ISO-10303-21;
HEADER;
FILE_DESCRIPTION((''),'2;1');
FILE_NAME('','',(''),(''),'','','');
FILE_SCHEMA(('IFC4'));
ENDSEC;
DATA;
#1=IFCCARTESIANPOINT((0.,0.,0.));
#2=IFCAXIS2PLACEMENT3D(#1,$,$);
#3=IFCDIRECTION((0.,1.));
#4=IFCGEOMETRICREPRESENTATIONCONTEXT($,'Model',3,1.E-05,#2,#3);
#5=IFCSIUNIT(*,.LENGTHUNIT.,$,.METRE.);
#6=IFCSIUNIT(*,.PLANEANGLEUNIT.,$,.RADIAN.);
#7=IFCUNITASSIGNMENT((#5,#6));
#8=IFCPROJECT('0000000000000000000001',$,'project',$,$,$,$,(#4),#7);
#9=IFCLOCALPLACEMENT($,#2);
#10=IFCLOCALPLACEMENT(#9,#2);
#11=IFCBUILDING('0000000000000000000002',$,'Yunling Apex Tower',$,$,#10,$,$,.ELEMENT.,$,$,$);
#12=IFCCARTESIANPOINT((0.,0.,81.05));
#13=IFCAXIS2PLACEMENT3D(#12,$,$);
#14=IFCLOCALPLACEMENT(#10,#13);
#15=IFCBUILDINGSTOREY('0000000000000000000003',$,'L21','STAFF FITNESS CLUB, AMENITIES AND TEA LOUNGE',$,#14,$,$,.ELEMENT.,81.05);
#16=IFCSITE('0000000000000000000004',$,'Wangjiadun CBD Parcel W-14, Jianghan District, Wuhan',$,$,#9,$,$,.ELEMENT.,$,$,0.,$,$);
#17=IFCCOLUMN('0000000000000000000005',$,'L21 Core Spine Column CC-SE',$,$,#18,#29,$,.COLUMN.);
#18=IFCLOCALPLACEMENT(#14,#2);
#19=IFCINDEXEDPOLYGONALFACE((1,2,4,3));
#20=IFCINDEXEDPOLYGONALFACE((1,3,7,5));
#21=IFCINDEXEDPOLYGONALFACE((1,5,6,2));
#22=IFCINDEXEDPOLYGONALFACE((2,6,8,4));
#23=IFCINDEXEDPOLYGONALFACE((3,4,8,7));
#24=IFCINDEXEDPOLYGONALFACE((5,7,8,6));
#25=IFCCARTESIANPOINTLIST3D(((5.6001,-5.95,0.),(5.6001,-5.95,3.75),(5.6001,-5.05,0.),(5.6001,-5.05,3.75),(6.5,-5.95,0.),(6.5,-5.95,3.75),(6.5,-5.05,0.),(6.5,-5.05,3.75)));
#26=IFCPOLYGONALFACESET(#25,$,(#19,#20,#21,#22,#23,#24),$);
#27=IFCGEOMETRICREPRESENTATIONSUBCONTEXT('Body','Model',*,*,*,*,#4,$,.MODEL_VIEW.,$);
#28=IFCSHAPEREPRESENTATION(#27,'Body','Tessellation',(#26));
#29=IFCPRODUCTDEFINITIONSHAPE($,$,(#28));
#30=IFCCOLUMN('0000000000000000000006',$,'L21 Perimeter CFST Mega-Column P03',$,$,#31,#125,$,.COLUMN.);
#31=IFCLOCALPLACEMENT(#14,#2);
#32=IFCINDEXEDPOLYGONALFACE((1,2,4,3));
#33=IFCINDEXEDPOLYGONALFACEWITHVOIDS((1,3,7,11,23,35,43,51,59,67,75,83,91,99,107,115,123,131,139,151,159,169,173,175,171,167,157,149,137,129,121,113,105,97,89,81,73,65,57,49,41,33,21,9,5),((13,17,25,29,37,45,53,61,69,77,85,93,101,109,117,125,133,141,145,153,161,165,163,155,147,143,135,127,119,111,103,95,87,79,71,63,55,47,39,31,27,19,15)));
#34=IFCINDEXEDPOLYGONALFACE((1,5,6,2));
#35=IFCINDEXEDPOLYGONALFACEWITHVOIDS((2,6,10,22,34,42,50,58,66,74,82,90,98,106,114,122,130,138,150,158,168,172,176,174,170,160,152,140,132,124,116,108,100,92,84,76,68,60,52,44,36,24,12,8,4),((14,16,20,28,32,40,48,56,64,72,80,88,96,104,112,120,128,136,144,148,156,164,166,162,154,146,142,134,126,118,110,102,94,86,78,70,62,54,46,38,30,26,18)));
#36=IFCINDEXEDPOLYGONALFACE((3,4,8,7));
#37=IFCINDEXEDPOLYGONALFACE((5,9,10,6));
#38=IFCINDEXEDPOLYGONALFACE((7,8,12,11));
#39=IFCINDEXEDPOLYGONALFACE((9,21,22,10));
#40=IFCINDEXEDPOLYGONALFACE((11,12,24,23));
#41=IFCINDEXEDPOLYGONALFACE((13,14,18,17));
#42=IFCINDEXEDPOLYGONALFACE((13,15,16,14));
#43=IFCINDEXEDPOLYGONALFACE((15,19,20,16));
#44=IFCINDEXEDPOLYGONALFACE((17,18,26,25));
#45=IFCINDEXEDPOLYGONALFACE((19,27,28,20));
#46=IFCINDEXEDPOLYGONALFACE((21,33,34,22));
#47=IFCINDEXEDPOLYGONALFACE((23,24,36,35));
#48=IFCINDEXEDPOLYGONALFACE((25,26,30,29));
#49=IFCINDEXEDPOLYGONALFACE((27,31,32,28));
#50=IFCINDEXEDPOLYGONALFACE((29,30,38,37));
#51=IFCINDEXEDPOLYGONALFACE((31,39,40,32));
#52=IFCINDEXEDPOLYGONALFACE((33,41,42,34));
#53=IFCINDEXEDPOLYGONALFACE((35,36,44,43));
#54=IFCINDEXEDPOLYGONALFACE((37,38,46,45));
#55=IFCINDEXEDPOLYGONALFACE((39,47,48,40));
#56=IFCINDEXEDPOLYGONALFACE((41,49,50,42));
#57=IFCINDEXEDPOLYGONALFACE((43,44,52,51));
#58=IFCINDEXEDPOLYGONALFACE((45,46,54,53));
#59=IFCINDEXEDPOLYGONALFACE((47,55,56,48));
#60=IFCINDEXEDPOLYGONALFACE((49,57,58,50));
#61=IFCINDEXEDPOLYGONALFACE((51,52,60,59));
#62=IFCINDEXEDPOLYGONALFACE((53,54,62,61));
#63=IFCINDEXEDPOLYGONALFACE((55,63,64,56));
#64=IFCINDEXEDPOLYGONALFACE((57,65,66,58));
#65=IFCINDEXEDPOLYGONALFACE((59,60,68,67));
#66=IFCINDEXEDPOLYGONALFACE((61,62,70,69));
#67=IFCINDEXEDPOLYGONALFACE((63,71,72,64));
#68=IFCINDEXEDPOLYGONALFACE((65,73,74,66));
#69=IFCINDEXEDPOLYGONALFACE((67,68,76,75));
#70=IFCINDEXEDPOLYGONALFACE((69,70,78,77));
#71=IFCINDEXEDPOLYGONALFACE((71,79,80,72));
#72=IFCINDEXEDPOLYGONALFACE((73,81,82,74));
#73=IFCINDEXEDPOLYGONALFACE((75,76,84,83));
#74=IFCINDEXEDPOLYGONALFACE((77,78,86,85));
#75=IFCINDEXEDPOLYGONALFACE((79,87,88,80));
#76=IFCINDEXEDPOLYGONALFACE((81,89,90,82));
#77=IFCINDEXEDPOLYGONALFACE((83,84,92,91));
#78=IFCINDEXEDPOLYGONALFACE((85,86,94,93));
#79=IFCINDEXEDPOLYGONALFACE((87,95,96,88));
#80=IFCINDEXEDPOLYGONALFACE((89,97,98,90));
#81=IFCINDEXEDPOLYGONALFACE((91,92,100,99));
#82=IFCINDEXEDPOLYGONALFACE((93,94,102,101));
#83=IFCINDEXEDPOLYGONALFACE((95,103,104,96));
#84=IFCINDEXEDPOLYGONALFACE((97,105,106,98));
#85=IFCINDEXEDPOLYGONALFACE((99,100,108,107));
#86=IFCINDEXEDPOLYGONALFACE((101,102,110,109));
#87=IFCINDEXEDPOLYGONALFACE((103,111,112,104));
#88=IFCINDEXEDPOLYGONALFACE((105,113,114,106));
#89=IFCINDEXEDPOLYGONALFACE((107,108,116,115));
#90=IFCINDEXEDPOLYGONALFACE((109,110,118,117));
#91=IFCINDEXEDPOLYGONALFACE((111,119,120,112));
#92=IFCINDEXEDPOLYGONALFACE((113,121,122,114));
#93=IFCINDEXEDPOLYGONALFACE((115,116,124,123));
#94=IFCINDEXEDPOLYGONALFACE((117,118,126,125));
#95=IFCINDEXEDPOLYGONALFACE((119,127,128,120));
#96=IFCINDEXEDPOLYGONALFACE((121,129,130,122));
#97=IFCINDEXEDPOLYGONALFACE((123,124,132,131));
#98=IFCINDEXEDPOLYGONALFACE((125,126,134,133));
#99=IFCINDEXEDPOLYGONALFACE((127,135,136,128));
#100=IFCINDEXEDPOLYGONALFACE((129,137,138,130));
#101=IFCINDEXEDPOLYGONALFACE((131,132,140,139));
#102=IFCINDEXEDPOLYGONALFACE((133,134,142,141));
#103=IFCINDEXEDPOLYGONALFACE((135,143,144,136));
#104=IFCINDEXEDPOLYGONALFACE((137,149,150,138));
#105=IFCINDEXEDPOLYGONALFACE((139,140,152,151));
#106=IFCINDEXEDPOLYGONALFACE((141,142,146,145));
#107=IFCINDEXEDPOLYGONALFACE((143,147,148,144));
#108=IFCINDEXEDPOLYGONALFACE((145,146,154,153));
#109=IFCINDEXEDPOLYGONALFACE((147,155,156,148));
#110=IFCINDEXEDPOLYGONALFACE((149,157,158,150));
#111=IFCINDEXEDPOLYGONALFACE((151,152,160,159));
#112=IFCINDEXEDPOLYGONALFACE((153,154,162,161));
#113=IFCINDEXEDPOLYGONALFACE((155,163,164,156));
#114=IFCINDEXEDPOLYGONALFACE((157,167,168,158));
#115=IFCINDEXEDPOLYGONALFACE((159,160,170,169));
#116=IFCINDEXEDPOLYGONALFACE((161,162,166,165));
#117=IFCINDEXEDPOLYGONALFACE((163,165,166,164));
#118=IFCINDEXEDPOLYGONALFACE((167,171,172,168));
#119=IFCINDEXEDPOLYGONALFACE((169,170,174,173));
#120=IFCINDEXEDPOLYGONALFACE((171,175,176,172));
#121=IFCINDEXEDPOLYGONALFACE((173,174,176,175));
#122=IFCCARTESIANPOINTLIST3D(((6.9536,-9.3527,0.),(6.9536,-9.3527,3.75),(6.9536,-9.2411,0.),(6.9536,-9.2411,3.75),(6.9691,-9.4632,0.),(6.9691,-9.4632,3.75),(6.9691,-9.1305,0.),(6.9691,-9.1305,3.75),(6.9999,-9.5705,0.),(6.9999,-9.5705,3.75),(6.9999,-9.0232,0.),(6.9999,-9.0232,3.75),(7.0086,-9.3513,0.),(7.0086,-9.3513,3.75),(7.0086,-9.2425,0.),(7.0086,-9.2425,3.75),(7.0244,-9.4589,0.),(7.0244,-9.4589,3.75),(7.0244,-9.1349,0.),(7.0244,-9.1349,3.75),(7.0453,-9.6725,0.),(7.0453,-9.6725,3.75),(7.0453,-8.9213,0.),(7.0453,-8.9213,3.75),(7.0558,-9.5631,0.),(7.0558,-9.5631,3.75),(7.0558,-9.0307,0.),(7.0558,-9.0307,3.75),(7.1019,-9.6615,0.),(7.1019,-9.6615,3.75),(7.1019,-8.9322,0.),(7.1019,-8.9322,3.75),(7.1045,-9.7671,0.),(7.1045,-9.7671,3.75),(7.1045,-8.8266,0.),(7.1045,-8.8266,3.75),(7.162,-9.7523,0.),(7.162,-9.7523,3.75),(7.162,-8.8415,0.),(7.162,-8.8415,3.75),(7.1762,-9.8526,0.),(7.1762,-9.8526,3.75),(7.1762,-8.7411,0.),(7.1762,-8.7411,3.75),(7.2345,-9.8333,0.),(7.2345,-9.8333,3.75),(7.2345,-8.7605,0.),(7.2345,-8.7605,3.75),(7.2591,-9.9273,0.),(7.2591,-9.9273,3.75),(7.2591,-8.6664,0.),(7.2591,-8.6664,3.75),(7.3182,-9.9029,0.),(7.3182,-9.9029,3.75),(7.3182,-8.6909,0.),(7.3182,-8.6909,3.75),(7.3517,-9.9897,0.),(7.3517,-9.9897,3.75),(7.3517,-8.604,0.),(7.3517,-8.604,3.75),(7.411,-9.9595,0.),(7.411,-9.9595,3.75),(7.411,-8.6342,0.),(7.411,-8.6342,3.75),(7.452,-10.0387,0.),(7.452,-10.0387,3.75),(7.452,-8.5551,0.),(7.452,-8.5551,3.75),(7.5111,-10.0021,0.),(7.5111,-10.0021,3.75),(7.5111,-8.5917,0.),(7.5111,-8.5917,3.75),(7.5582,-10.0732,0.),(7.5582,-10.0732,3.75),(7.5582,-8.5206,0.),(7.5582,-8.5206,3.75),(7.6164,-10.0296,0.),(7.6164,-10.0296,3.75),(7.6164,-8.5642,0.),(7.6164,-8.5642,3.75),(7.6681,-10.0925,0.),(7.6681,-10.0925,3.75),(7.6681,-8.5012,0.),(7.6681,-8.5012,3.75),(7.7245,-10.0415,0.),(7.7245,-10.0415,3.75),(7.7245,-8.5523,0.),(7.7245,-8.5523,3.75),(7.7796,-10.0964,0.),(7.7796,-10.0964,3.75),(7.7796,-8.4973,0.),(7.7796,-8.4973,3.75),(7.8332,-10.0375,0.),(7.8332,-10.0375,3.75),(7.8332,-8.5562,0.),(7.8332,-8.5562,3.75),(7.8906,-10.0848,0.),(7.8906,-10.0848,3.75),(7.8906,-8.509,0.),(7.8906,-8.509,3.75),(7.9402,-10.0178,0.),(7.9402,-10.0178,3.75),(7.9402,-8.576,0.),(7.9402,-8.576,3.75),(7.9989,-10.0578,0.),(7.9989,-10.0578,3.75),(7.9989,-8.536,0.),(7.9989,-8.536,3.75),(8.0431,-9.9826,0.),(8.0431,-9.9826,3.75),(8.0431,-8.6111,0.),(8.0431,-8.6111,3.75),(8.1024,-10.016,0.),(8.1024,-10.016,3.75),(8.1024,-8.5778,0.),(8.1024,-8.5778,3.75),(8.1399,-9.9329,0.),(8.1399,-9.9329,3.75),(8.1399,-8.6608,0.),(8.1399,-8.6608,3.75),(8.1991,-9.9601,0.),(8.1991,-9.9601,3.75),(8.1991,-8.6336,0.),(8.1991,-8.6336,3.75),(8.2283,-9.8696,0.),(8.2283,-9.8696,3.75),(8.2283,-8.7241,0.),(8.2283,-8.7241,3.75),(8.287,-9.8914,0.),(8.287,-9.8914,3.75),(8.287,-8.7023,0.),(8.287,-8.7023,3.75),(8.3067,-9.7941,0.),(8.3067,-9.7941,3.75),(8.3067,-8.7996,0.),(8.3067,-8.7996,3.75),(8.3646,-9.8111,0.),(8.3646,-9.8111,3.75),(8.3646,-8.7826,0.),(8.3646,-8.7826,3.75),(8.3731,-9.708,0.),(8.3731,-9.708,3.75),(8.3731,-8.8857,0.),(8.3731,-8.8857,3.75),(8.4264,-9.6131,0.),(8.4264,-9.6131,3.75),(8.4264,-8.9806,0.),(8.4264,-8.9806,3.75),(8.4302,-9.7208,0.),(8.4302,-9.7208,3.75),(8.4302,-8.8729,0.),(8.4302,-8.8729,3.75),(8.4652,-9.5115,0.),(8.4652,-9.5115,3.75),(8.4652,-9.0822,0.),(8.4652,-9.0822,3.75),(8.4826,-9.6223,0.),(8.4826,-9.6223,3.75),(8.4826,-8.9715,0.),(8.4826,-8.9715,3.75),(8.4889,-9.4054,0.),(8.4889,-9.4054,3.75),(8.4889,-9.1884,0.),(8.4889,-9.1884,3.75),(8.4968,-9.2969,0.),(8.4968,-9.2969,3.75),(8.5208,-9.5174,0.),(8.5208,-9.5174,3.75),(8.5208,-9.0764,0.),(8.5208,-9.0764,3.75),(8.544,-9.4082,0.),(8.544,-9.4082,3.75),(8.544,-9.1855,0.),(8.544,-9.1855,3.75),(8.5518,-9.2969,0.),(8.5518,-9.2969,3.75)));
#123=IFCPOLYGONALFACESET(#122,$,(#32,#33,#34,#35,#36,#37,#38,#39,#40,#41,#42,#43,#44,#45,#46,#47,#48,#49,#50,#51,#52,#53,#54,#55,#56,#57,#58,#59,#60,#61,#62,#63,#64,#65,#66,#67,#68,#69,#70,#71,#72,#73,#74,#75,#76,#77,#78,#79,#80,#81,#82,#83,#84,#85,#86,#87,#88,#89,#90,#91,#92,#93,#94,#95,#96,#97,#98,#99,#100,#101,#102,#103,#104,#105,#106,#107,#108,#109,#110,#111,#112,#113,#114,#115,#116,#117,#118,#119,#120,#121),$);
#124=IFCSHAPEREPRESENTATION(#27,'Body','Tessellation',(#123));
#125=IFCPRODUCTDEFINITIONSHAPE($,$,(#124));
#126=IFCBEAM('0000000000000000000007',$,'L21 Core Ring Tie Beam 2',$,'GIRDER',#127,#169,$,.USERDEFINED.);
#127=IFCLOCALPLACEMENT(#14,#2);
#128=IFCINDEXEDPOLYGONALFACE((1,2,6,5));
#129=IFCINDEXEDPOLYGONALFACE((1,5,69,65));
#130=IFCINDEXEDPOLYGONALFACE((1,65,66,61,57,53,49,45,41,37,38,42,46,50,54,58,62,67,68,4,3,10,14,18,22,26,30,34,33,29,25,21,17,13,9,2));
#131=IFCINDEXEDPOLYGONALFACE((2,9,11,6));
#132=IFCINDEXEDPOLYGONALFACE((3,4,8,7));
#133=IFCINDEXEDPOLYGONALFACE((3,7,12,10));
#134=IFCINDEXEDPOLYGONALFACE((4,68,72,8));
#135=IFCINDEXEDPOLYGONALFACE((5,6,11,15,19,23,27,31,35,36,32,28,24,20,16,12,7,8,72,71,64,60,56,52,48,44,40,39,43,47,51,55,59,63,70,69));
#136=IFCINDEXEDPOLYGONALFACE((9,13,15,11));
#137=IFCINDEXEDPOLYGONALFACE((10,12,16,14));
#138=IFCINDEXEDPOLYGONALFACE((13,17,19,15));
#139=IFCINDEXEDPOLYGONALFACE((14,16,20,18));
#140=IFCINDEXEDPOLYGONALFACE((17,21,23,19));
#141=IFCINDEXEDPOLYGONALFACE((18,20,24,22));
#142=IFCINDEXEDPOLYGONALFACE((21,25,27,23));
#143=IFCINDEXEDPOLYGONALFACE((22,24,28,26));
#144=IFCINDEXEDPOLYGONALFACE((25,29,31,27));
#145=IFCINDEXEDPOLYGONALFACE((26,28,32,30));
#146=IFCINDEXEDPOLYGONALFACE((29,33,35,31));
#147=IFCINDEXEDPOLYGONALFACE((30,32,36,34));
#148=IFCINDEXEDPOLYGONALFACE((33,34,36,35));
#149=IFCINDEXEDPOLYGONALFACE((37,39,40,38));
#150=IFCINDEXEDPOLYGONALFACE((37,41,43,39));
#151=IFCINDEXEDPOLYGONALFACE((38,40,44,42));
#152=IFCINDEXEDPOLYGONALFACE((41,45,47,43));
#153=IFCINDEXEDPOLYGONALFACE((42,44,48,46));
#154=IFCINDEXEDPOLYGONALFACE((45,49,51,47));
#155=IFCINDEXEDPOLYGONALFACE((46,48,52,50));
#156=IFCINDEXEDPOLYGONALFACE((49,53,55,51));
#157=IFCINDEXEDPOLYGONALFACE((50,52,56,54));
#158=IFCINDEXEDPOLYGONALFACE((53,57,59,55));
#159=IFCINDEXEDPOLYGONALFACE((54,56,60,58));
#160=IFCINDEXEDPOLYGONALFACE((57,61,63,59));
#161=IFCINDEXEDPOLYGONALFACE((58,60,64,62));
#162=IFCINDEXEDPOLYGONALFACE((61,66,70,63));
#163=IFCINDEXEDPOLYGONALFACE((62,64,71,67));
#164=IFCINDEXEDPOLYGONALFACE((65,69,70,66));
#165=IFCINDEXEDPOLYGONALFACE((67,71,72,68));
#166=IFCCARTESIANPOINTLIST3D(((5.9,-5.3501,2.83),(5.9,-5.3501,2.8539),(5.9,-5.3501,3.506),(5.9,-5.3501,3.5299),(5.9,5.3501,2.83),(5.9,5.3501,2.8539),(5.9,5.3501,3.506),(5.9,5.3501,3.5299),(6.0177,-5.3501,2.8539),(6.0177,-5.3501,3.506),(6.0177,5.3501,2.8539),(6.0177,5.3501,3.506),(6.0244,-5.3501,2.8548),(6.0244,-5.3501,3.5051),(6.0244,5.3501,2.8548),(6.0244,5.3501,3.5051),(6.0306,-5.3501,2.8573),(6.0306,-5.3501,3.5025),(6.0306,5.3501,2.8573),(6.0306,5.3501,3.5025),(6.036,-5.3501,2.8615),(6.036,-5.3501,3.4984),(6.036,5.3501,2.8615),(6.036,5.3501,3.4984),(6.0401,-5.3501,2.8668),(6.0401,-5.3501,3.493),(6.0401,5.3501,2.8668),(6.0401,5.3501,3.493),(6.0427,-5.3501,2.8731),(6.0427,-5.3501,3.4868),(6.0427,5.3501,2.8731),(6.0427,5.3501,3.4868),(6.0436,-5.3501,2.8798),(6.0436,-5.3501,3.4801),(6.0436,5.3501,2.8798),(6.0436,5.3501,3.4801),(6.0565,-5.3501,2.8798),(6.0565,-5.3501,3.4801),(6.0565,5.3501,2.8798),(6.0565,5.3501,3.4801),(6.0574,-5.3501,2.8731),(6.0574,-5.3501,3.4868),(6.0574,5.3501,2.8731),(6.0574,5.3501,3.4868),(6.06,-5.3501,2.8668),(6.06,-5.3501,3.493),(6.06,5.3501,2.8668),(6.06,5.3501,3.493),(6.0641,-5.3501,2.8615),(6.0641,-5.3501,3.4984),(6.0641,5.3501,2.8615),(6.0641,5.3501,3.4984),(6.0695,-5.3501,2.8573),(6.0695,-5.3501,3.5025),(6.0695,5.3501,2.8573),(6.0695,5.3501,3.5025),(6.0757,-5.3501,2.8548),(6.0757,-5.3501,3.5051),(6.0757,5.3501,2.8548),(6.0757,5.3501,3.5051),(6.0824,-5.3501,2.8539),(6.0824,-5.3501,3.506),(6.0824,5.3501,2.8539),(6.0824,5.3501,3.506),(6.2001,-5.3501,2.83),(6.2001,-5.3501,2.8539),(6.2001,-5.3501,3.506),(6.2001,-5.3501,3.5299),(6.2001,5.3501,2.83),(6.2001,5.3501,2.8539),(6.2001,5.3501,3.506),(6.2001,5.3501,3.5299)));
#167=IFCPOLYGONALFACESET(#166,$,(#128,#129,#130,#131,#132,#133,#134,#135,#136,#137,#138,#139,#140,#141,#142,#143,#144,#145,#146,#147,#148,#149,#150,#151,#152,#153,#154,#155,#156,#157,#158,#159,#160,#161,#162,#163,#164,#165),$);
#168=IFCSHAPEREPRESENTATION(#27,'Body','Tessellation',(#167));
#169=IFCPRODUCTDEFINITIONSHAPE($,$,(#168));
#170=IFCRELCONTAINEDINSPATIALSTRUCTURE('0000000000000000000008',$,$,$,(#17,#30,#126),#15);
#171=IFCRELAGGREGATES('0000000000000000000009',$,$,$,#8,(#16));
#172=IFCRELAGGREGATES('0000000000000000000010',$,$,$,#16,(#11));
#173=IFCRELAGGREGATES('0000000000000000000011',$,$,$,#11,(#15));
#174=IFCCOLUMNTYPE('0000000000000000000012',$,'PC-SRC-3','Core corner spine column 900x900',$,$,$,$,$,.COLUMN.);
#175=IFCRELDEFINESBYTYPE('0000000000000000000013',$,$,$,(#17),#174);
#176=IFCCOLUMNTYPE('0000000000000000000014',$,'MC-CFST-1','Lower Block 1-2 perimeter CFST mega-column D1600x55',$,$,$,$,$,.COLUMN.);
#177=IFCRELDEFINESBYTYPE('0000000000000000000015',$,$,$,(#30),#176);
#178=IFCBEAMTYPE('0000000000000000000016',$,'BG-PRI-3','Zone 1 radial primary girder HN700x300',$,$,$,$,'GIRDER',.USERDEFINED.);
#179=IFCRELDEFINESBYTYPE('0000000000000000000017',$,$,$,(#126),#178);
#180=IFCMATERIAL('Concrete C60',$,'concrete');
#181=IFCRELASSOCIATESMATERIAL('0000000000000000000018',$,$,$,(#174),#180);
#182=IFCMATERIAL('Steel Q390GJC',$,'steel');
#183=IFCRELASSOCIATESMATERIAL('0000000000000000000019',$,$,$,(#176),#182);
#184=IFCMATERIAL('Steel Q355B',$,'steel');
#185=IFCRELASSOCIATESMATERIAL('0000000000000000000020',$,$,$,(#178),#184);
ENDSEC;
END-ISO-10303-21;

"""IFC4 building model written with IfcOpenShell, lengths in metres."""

from ifc_helpers import new_model, si_unit, direction, frame, origin, origin_2d, place, context, subcontext, project, spatial, rectangle, hollow_circle, i_section, extrude, source, transform, mapped, material, material_profile, profile_set, type_object, element, save


model = new_model("IFC4")

# Units and contexts
model_context = context("Model", 3, precision=1e-05, world=origin(), true_north=direction((0.0, 1.0)))
body_context = subcontext(model_context, "Body", "Model", "MODEL_VIEW")
ifc_project = project(units=[si_unit("LENGTHUNIT", "METRE"), si_unit("PLANEANGLEUNIT", "RADIAN")], contexts=[model_context])

# Site, building, storey
site_placement = place(None, origin())
site = spatial("IfcSite", under=ifc_project, at=site_placement, Name="Wangjiadun CBD Parcel W-14, Jianghan District, Wuhan", CompositionType="ELEMENT", RefElevation=0.0)
building_placement = place(site_placement, origin())
building = spatial("IfcBuilding", under=site, at=building_placement, Name="Yunling Apex Tower", CompositionType="ELEMENT")
storey_placement = place(building_placement, frame((0.0, 0.0, 81.05)))
storey = spatial("IfcBuildingStorey", under=building, at=storey_placement, Name="L21", Description="STAFF FITNESS CLUB, AMENITIES AND TEA LOUNGE", CompositionType="ELEMENT", Elevation=81.05)

# Columns
ifc_material_1 = material(Name="Concrete C60", Category="concrete")
ifc_material_profile_1 = material_profile(ifc_material_1, rectangle(XDim=0.8999, YDim=0.8999, at=origin_2d()))
ifc_profile_set_1 = profile_set([ifc_material_profile_1], Name="Concrete C60")
column_type_1 = type_object("IfcColumnType", Name="PC-SRC-3", Description="Core corner spine column 900x900", PredefinedType="COLUMN", material=ifc_profile_set_1)
shared_shape_1 = source(origin(), body_context, "Body", "SweptSolid", [
    extrude(rectangle(XDim=0.8999, YDim=0.8999, at=origin_2d()), origin(), (0.0, 0.0, 1.0), 3.75),
])
column_1_placement = place(storey_placement, frame((6.05, -5.5, 0.0), z_axis=(0.0, 0.0, 1.0), x_axis=(1.0, 0.0, 0.0)))
element("IfcColumn", 1, at=column_1_placement, inside=storey, type_object=column_type_1, Name="L21 Core Spine Column CC-SE", PredefinedType="COLUMN", context=body_context, shape_type="MappedRepresentation", body=[
    mapped(shared_shape_1, transform((0.0, 0.0, 0.0), scale=1.0)),
])
ifc_material_2 = material(Name="Steel Q390GJC", Category="steel")
ifc_material_profile_2 = material_profile(ifc_material_2, hollow_circle(Radius=0.8, WallThickness=0.0549, at=origin_2d()))
ifc_profile_set_2 = profile_set([ifc_material_profile_2], Name="Steel Q390GJC")
column_type_2 = type_object("IfcColumnType", Name="MC-CFST-1", Description="Lower Block 1-2 perimeter CFST mega-column D1600x55", PredefinedType="COLUMN", material=ifc_profile_set_2)
shared_shape_2 = source(origin(), body_context, "Body", "SweptSolid", [
    extrude(hollow_circle(Radius=0.8, WallThickness=0.0549, at=origin_2d()), origin(), (0.0, 0.0, 1.0), 3.75),
])
column_2_placement = place(storey_placement, frame((7.7517, -9.2969, 0.0), z_axis=(0.0, 0.0, 1.0), x_axis=(1.0, 0.0, 0.0)))
element("IfcColumn", 2, at=column_2_placement, inside=storey, type_object=column_type_2, Name="L21 Perimeter CFST Mega-Column P03", PredefinedType="COLUMN", context=body_context, shape_type="MappedRepresentation", body=[
    mapped(shared_shape_2, transform((0.0, 0.0, 0.0), scale=1.0)),
])

# Beam
ifc_material_3 = material(Name="Steel Q355B", Category="steel")
ifc_material_profile_3 = material_profile(ifc_material_3, i_section(OverallWidth=0.3, OverallDepth=0.7, WebThickness=0.0129, FlangeThickness=0.0239, FilletRadius=0.0259, at=origin_2d()))
ifc_profile_set_3 = profile_set([ifc_material_profile_3], Name="Steel Q355B")
beam_type_1 = type_object("IfcBeamType", Name="BG-PRI-3", Description="Zone 1 radial primary girder HN700x300", ElementType="GIRDER", PredefinedType="USERDEFINED", material=ifc_profile_set_3)
shared_shape_3 = source(origin(), body_context, "Body", "SweptSolid", [
    extrude(i_section(OverallWidth=0.3, OverallDepth=0.7, WebThickness=0.0129, FlangeThickness=0.0239, FilletRadius=0.0259, at=origin_2d()), origin(), (0.0, 0.0, 1.0), 10.7002),
])
beam_1_placement = place(storey_placement, frame((6.05, -5.3501, 3.1799), z_axis=(0.0, 1.0, 0.0), x_axis=(-1.0, 0.0, 0.0)))
element("IfcBeam", 3, at=beam_1_placement, inside=storey, type_object=beam_type_1, Name="L21 Core Ring Tie Beam 2", ObjectType="GIRDER", PredefinedType="USERDEFINED", context=body_context, shape_type="MappedRepresentation", body=[
    mapped(shared_shape_3, transform((0.0, 0.0, 0.0), scale=1.0)),
])

save(model, "model.ifc")
